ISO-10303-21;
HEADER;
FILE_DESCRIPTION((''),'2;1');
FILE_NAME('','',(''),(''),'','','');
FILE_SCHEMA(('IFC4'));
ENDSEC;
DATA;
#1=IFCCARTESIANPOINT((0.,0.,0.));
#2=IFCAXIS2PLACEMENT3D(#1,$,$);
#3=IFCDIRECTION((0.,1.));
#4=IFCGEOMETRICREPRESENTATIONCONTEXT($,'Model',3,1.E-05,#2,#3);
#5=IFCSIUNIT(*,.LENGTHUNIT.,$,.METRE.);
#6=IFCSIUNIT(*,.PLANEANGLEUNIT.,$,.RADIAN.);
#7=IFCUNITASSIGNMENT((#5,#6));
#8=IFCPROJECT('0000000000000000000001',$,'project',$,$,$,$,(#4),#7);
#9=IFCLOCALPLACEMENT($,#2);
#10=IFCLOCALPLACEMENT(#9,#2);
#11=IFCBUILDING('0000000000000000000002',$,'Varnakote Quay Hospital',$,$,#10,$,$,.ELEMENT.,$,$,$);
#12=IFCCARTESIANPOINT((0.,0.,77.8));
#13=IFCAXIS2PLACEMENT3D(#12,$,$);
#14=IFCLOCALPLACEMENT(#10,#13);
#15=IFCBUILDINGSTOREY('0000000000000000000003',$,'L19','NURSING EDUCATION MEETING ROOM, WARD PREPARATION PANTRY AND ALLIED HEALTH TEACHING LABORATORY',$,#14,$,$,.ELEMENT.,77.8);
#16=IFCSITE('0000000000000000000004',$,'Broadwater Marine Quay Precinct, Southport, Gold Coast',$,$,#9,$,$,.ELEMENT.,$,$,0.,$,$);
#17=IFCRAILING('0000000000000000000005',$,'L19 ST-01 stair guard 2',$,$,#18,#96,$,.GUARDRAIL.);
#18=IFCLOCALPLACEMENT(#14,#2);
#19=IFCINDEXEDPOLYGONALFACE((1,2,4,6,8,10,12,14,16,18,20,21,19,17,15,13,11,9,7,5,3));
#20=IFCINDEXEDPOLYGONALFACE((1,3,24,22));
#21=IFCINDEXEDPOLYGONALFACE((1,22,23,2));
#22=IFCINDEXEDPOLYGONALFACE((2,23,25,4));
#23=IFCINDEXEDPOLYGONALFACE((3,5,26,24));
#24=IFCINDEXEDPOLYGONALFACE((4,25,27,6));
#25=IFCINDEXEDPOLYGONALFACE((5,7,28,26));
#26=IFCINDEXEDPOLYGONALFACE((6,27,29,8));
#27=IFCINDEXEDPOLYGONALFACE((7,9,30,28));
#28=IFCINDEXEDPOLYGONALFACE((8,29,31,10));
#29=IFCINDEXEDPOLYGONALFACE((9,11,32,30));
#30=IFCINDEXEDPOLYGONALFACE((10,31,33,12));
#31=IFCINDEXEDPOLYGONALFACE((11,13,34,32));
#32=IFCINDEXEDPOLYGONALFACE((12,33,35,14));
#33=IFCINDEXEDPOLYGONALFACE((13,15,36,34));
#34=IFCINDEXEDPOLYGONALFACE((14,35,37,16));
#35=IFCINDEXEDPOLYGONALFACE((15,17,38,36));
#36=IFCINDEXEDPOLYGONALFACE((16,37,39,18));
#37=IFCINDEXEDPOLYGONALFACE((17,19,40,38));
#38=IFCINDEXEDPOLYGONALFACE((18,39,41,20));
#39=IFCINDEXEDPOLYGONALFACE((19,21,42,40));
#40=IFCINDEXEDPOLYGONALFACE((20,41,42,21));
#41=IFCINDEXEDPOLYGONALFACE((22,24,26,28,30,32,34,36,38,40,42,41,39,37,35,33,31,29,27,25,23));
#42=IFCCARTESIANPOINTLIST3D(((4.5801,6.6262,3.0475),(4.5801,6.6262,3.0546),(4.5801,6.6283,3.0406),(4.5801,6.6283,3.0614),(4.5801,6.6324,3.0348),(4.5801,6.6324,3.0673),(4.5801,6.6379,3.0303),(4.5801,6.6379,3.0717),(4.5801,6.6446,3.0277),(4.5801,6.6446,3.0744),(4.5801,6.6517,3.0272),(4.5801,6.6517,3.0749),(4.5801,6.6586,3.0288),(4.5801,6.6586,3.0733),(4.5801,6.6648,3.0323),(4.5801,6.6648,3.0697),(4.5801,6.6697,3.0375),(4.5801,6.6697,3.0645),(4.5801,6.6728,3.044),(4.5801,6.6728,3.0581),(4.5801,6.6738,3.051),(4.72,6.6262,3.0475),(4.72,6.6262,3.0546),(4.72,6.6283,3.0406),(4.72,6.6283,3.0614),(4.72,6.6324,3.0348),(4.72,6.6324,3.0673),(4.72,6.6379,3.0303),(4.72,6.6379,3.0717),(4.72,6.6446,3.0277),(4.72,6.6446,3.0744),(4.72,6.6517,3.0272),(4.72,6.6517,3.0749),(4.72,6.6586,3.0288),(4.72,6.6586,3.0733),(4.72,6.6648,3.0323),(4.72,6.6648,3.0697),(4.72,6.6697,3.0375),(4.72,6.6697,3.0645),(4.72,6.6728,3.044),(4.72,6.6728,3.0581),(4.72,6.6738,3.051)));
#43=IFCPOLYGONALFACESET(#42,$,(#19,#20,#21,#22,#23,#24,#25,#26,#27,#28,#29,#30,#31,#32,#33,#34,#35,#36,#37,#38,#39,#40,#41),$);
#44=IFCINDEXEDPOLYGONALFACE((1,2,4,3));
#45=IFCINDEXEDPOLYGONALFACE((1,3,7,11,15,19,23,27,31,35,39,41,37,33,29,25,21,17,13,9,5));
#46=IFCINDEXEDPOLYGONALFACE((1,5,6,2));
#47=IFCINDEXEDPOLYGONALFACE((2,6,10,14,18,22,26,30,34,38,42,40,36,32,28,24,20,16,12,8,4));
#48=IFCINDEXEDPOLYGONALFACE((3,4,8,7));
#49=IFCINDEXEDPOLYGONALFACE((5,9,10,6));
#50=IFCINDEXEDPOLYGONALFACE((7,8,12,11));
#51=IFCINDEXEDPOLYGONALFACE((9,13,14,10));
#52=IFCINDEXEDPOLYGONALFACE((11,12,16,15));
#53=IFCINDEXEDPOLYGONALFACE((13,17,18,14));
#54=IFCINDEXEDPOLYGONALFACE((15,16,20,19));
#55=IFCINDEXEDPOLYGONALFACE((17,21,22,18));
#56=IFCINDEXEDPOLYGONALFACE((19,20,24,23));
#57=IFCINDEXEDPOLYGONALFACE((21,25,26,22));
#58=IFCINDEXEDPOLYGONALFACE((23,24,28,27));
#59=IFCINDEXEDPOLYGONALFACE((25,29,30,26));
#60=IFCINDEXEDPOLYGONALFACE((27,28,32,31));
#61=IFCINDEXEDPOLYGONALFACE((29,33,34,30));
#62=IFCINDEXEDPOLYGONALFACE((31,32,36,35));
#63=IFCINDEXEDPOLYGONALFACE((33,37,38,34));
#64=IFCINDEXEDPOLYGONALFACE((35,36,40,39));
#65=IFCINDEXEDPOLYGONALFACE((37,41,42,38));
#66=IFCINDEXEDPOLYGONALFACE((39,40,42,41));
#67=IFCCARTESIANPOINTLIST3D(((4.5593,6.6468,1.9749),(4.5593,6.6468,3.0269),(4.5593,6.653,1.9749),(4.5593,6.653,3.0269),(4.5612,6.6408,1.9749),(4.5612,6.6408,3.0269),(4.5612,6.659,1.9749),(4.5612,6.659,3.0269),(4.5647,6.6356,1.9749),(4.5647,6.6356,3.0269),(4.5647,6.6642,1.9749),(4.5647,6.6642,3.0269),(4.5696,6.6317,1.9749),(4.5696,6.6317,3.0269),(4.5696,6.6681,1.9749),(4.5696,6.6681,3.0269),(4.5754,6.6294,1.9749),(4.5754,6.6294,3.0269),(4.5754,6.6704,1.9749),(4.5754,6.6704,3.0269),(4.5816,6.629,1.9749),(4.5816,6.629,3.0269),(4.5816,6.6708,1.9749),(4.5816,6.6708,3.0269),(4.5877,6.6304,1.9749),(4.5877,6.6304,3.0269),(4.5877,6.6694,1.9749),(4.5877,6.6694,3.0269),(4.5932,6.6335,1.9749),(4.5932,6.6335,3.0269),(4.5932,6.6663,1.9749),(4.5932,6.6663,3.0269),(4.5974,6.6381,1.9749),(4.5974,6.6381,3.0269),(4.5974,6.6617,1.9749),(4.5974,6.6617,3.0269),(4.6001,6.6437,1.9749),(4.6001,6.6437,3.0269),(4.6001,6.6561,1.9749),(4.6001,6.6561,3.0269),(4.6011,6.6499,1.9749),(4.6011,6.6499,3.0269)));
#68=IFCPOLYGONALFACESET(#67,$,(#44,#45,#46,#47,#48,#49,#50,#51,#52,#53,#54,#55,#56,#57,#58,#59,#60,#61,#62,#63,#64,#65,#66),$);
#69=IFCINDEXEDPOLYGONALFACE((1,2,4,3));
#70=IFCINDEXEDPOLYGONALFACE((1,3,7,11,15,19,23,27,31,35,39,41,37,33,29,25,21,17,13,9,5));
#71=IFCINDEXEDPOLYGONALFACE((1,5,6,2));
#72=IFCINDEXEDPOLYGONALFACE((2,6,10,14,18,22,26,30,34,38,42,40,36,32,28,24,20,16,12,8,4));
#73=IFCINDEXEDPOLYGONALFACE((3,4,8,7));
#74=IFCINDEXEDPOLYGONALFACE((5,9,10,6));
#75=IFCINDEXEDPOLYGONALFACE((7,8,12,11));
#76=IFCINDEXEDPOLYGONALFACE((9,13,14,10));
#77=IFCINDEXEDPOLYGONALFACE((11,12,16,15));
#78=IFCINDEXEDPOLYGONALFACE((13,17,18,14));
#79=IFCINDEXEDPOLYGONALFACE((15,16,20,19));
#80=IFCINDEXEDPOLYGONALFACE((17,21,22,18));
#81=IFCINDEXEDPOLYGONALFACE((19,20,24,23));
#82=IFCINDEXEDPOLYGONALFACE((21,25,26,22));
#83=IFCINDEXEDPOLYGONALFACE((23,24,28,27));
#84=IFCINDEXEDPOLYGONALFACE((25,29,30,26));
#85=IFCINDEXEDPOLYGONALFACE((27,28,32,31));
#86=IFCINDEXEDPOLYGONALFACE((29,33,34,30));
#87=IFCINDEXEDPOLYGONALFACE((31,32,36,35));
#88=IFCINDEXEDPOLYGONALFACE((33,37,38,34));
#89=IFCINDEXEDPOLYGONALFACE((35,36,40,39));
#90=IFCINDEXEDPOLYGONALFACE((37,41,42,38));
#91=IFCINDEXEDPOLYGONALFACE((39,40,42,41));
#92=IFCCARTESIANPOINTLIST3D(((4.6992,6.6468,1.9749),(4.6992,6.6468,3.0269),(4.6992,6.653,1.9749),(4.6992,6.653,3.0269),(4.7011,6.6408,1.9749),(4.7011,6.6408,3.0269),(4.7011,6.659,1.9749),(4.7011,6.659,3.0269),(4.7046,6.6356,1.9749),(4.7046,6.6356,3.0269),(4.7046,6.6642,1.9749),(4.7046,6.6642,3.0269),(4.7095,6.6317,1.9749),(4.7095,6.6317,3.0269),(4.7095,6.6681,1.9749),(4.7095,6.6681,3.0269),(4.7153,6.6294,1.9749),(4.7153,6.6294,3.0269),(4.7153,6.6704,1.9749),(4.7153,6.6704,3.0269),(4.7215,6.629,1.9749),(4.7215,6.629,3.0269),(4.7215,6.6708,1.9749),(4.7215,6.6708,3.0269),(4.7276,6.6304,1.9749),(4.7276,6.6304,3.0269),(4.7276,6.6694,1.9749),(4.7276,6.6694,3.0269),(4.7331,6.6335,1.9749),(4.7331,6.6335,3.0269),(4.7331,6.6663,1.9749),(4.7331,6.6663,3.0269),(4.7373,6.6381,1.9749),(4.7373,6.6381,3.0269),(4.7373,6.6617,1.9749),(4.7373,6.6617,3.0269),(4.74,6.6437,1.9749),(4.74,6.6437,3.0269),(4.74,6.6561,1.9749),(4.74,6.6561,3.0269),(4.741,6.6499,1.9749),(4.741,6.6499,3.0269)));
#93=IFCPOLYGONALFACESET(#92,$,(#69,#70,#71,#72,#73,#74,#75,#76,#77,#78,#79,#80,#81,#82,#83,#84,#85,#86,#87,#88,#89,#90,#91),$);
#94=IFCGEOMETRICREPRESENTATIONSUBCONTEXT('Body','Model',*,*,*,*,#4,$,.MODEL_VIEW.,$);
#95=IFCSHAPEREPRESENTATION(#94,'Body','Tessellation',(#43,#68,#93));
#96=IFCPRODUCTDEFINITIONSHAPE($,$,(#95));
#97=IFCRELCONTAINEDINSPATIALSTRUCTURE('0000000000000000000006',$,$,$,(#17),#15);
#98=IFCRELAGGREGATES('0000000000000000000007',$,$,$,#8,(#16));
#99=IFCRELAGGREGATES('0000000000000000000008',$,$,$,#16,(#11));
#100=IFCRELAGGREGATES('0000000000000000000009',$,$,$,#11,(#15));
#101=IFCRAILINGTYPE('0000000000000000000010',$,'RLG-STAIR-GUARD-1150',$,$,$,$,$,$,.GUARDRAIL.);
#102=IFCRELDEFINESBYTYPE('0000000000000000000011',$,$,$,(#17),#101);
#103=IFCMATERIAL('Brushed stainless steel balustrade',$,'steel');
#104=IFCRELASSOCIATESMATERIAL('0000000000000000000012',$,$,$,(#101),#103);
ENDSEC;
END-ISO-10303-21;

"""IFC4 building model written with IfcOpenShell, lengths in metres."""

from ifc_helpers import new_model, si_unit, direction, frame, origin, origin_2d, place, context, subcontext, project, spatial, circle, extrude, material, type_object, element, save


model = new_model("IFC4")

# Units and contexts
model_context = context("Model", 3, precision=1e-05, world=origin(), true_north=direction((0.0, 1.0)))
body_context = subcontext(model_context, "Body", "Model", "MODEL_VIEW")
ifc_project = project(units=[si_unit("LENGTHUNIT", "METRE"), si_unit("PLANEANGLEUNIT", "RADIAN")], contexts=[model_context])

# Site, building, storey
site_placement = place(None, origin())
site = spatial("IfcSite", under=ifc_project, at=site_placement, Name="Broadwater Marine Quay Precinct, Southport, Gold Coast", CompositionType="ELEMENT", RefElevation=0.0)
building_placement = place(site_placement, origin())
building = spatial("IfcBuilding", under=site, at=building_placement, Name="Varnakote Quay Hospital", CompositionType="ELEMENT")
storey_placement = place(building_placement, frame((0.0, 0.0, 77.8)))
storey = spatial("IfcBuildingStorey", under=building, at=storey_placement, Name="L19", Description="NURSING EDUCATION MEETING ROOM, WARD PREPARATION PANTRY AND ALLIED HEALTH TEACHING LABORATORY", CompositionType="ELEMENT", Elevation=77.8)

# Railing
ifc_material_1 = material(Name="Brushed stainless steel balustrade", Category="steel")
railing_type_1 = type_object("IfcRailingType", Name="RLG-STAIR-GUARD-1150", PredefinedType="GUARDRAIL", material=ifc_material_1)
railing_1_placement = place(storey_placement, frame((4.5801, 6.6499, 1.9749)))
element("IfcRailing", 1, at=railing_1_placement, inside=storey, type_object=railing_type_1, Name="L19 ST-01 stair guard 2", PredefinedType="GUARDRAIL", context=body_context, shape_type="SweptSolid", body=[
    extrude(circle(Radius=0.0239, at=origin_2d()), frame((0.0, 0.0, 1.0762), z_axis=(1.0, 0.0, 0.0), x_axis=(0.0, 1.0, 0.0)), (0.0, 0.0, 1.0), 0.1399),
    extrude(circle(Radius=0.021, at=origin_2d()), origin(), (0.0, 0.0, 1.0), 1.052),
    extrude(circle(Radius=0.021, at=origin_2d()), frame((0.1399, 0.0, 0.0)), (0.0, 0.0, 1.0), 1.052),
])

save(model, "model.ifc")
